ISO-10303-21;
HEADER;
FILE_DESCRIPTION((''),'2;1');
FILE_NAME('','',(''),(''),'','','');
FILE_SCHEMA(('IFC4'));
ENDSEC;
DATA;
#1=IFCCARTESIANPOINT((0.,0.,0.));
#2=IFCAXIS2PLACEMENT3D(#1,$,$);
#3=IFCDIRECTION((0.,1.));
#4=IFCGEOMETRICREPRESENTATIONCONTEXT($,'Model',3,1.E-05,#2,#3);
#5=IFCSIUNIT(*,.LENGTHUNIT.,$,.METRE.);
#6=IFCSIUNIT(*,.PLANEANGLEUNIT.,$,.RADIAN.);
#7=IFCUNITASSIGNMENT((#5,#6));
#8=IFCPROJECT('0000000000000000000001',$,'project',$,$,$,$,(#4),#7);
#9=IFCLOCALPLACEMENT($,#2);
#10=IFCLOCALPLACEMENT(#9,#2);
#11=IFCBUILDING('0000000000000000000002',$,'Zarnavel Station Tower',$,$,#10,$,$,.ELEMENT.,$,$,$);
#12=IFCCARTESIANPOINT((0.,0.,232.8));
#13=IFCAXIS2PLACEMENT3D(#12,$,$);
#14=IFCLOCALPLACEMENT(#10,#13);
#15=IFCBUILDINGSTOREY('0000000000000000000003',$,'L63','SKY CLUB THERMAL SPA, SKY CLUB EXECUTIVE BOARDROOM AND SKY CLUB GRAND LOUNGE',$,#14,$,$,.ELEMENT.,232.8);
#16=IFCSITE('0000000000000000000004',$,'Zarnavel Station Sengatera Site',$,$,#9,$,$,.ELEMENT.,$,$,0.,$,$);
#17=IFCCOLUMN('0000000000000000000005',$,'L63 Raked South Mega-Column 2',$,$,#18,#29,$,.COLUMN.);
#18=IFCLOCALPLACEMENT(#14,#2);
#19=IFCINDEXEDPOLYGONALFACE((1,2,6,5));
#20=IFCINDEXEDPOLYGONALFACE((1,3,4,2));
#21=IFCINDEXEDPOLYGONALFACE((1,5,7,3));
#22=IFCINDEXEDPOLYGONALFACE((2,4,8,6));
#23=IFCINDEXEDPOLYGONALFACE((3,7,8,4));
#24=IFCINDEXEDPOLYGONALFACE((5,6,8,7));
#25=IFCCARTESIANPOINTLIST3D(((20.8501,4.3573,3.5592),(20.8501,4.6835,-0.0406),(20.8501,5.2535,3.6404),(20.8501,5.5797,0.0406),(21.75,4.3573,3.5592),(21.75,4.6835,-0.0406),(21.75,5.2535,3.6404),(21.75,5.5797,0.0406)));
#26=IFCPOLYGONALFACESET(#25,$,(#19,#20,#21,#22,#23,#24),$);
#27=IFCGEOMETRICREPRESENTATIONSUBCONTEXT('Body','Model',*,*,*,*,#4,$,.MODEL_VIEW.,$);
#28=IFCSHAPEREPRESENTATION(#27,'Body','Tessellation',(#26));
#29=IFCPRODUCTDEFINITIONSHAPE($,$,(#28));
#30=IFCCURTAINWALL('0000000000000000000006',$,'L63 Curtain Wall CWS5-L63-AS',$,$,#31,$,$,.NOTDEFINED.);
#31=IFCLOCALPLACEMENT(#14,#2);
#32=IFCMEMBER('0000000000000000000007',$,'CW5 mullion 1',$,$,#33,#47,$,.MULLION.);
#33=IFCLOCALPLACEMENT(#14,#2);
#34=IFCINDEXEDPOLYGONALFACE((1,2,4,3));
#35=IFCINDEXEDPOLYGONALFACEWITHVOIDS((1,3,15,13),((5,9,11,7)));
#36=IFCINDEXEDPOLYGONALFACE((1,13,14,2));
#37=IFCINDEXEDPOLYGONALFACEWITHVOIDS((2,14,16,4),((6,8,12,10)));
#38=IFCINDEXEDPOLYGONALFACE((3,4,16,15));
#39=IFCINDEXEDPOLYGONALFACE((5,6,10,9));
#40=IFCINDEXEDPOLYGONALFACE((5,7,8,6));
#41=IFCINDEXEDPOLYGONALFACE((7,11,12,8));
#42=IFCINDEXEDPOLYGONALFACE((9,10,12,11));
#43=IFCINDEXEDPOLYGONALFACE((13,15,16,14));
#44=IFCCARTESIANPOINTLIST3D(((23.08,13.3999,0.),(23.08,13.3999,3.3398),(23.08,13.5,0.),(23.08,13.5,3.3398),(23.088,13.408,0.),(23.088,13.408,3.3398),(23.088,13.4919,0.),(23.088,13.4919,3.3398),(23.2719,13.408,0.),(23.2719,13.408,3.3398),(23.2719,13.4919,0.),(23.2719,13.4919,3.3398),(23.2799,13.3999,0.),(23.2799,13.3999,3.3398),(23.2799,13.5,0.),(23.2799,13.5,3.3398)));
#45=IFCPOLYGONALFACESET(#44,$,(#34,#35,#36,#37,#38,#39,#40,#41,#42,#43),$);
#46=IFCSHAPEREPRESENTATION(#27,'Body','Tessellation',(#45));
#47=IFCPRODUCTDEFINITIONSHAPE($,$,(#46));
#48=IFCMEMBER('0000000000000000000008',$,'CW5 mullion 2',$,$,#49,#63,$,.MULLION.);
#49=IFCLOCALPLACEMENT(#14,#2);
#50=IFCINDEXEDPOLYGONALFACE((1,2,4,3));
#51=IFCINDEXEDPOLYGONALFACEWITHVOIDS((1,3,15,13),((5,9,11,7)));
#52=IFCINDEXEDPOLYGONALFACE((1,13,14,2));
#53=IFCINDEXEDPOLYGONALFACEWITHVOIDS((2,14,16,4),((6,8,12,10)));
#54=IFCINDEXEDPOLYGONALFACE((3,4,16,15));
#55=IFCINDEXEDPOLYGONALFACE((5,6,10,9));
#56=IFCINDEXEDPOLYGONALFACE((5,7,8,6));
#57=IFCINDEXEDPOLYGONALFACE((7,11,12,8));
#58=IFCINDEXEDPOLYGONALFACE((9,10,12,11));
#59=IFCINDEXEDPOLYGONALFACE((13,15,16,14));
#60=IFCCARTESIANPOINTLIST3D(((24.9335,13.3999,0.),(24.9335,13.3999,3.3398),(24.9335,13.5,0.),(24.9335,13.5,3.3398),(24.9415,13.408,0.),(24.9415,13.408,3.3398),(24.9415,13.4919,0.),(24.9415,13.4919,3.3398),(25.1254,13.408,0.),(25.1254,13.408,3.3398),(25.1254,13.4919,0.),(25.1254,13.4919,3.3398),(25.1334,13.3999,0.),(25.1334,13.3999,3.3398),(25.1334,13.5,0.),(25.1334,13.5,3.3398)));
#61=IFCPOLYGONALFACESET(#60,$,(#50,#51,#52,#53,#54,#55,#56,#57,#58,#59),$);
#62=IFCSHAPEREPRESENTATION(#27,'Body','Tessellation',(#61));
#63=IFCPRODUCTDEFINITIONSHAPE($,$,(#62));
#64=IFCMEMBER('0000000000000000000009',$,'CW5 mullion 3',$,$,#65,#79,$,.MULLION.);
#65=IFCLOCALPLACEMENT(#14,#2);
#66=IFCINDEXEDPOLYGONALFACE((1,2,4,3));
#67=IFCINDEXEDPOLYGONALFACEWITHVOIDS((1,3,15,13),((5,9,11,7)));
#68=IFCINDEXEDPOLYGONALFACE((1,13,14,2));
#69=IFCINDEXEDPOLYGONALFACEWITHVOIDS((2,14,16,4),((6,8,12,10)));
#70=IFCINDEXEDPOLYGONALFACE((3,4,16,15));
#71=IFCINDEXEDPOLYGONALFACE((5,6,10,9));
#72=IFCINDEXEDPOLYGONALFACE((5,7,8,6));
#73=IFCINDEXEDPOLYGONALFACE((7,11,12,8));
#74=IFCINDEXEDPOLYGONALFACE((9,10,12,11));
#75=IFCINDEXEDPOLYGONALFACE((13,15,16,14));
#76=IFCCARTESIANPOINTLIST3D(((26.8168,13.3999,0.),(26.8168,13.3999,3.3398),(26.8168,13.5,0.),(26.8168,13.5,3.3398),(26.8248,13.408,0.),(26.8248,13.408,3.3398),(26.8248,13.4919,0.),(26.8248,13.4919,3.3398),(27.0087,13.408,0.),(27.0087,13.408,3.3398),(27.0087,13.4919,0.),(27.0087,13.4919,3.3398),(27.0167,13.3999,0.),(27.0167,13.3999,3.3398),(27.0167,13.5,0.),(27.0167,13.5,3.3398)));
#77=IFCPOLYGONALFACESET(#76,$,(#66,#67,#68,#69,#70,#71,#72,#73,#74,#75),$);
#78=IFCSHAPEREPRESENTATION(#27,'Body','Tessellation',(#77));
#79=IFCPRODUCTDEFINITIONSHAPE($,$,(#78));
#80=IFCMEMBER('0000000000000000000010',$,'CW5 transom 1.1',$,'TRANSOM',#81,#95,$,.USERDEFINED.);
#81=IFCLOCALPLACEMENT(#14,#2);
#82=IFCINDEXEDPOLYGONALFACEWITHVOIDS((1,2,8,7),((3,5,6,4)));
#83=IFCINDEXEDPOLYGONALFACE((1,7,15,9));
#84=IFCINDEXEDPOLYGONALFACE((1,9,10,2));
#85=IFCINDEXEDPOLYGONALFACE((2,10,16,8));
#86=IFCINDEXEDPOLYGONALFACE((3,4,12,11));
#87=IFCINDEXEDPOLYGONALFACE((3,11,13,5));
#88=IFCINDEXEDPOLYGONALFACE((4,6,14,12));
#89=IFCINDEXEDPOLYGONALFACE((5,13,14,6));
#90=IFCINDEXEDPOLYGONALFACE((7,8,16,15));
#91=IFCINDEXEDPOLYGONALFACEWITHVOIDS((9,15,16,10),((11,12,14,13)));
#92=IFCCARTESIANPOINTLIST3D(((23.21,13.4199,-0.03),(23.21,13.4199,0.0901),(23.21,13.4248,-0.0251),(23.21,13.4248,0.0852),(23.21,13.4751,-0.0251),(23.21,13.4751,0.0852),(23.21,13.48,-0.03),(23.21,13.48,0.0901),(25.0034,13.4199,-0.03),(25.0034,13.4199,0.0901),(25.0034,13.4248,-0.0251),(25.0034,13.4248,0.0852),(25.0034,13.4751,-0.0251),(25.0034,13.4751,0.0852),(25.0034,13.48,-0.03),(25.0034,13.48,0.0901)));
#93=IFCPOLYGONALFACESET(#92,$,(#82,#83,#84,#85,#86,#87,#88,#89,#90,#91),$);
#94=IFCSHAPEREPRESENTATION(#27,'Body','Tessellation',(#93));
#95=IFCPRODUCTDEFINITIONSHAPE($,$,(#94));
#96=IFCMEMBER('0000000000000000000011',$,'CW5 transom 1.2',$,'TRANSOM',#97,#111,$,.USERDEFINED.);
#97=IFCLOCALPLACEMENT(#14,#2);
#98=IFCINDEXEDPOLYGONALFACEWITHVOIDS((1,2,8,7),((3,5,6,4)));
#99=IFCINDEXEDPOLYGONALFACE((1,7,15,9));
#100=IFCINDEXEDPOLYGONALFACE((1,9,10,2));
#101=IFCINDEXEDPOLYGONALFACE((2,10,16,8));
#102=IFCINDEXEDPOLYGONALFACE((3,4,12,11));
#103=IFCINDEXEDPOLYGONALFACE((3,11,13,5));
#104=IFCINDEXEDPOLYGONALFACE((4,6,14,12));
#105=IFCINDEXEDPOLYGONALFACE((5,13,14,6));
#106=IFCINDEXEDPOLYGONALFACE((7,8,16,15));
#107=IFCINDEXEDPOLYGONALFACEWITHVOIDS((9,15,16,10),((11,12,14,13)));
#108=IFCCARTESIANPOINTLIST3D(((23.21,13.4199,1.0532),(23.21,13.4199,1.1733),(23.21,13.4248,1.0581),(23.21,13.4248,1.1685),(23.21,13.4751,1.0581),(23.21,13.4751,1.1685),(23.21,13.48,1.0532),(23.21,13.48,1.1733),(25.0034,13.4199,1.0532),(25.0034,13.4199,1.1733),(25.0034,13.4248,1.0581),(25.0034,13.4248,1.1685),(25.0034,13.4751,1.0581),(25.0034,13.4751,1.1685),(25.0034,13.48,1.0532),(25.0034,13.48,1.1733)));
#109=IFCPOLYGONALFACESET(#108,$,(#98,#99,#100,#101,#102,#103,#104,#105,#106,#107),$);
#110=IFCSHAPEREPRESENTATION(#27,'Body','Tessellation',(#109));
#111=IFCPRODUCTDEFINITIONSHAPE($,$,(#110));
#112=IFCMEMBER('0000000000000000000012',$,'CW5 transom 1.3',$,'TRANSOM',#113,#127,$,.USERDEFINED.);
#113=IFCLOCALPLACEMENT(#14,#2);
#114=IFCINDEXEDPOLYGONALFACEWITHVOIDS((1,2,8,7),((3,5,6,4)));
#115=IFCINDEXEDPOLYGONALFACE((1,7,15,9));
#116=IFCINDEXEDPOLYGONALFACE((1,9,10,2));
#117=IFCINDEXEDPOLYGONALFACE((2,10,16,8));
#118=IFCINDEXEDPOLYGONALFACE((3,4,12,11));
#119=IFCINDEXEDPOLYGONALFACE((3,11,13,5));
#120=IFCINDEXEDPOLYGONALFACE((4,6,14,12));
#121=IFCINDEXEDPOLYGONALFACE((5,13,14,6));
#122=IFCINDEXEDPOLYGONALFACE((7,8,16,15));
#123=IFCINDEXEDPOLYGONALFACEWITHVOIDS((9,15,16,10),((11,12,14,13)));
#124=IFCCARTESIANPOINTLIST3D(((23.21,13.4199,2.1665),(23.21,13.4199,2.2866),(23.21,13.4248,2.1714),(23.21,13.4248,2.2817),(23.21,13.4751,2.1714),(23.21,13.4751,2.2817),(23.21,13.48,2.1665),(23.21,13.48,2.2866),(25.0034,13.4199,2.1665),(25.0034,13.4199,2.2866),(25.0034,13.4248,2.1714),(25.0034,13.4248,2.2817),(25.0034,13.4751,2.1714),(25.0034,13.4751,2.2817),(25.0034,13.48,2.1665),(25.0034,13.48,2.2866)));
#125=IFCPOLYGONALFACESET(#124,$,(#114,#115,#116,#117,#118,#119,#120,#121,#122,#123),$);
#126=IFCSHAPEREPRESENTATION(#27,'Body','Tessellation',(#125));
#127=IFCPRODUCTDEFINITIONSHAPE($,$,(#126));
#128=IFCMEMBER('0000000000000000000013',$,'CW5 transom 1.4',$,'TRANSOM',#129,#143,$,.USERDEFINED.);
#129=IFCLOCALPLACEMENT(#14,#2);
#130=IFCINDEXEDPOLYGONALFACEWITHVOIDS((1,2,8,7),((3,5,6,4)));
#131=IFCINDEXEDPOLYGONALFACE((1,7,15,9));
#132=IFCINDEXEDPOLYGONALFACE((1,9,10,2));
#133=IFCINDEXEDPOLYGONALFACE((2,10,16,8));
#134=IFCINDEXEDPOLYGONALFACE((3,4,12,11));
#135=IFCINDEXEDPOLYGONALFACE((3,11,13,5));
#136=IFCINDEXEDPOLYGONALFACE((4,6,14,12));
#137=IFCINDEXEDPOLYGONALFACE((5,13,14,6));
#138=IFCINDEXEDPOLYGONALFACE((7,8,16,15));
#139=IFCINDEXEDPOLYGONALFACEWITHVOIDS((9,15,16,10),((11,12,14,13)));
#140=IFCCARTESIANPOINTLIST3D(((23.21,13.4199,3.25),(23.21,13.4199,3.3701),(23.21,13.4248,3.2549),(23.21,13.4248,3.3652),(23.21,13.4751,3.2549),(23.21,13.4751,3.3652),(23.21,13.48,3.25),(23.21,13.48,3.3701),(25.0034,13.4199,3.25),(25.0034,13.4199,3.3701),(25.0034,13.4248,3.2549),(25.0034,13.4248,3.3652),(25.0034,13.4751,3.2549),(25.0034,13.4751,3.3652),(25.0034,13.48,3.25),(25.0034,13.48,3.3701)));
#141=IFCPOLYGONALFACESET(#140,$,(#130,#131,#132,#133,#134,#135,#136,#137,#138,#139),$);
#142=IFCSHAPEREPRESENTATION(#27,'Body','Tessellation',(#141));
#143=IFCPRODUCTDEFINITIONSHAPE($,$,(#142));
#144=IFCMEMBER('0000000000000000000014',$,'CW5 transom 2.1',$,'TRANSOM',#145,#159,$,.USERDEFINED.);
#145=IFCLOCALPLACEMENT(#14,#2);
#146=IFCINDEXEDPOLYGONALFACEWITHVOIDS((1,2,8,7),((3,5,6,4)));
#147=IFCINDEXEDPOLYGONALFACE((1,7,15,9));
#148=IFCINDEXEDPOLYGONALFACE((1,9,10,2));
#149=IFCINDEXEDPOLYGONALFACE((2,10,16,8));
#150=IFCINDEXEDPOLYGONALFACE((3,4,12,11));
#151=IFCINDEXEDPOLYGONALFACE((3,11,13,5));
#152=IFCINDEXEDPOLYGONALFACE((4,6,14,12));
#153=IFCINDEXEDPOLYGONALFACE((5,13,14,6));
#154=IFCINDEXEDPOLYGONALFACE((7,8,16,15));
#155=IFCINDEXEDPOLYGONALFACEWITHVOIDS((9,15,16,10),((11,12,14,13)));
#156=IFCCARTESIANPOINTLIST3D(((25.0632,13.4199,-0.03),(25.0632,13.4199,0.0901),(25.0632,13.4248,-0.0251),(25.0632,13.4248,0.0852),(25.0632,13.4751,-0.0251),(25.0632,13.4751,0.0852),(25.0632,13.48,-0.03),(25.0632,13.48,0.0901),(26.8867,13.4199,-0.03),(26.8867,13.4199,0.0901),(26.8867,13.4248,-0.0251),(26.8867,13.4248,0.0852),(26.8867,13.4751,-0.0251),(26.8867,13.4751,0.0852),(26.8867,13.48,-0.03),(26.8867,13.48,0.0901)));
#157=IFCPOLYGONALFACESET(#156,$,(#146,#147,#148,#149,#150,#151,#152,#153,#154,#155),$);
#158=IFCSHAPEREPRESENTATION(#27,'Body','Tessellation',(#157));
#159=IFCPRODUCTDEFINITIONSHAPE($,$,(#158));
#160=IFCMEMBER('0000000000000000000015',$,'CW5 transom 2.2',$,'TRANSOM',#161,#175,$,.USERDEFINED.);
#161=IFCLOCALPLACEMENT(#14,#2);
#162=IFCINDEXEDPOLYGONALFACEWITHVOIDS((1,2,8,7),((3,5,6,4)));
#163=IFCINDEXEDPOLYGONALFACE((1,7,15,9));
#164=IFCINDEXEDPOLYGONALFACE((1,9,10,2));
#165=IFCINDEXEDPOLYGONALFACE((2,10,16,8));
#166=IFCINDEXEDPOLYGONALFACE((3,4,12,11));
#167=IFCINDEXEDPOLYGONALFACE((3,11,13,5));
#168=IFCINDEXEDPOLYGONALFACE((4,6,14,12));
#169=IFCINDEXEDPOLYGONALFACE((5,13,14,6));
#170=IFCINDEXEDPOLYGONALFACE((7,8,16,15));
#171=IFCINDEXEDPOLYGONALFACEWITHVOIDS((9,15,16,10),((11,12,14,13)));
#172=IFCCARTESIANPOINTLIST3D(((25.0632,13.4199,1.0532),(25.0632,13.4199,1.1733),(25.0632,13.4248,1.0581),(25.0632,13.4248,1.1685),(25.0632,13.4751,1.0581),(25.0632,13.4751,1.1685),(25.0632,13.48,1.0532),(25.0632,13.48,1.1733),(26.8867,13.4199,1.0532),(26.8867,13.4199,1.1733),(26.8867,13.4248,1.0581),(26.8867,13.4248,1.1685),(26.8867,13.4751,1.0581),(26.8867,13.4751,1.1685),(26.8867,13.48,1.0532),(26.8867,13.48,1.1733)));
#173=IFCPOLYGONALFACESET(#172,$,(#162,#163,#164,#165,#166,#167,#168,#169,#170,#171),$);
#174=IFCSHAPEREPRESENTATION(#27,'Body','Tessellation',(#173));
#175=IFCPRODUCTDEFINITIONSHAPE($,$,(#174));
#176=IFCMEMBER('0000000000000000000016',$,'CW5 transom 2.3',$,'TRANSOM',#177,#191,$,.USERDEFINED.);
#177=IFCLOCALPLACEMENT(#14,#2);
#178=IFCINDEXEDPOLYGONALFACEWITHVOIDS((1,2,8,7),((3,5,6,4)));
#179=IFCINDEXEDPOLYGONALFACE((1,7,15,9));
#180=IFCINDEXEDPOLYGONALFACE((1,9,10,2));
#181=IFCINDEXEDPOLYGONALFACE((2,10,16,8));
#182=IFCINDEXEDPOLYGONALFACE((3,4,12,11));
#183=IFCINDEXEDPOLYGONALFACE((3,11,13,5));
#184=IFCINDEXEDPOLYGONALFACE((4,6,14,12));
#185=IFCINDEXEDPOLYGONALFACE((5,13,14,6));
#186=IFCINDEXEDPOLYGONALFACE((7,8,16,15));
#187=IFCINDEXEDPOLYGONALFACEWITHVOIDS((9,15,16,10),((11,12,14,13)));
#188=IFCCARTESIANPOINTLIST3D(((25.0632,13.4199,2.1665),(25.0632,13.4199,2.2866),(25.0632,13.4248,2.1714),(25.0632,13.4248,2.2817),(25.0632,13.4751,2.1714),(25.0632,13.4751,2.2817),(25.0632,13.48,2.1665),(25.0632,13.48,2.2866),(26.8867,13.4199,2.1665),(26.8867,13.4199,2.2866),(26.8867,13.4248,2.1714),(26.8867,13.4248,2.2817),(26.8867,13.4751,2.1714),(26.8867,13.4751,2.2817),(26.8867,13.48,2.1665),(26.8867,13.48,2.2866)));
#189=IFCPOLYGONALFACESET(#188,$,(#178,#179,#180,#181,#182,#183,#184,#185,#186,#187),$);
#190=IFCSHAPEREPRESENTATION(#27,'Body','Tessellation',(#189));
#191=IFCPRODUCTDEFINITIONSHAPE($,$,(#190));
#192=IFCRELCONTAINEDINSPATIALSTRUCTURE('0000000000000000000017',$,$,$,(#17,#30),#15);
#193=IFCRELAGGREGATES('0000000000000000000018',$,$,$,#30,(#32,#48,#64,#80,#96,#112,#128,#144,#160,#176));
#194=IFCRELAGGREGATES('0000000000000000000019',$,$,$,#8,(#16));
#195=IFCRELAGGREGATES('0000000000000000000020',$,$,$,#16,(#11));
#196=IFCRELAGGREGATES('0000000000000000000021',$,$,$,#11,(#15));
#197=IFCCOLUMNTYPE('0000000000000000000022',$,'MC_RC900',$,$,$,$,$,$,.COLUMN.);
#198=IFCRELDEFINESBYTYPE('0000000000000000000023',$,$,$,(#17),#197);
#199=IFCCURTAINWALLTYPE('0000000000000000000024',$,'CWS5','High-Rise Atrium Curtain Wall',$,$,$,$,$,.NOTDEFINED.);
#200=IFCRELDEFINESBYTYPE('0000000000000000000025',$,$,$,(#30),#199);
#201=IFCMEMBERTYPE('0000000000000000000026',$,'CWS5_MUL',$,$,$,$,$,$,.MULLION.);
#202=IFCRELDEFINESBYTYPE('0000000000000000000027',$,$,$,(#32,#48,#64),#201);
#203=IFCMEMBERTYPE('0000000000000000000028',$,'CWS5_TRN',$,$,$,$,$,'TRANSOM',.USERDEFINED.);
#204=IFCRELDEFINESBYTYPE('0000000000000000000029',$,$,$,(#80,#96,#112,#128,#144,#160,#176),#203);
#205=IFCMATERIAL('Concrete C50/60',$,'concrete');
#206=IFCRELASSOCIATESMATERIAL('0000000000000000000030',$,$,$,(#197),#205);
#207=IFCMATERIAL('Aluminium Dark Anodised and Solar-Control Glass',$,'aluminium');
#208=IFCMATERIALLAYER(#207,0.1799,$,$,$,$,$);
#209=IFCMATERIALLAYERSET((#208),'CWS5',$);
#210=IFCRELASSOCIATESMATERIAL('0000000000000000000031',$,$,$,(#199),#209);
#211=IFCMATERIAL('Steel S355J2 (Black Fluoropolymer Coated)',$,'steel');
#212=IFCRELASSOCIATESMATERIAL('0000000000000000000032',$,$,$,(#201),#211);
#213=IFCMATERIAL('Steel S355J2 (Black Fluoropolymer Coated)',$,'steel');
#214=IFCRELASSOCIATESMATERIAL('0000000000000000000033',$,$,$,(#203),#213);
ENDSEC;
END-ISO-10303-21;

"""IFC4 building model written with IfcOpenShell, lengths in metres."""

from ifc_helpers import new_model, si_unit, direction, frame, origin, origin_2d, place, context, subcontext, project, spatial, rectangle, hollow_rectangle, extrude, material, layer, layer_set, material_profile, profile_set, type_object, element, aggregate, save


model = new_model("IFC4")

# Units and contexts
model_context = context("Model", 3, precision=1e-05, world=origin(), true_north=direction((0.0, 1.0)))
body_context = subcontext(model_context, "Body", "Model", "MODEL_VIEW")
ifc_project = project(units=[si_unit("LENGTHUNIT", "METRE"), si_unit("PLANEANGLEUNIT", "RADIAN")], contexts=[model_context])

# Site, building, storey
site_placement = place(None, origin())
site = spatial("IfcSite", under=ifc_project, at=site_placement, Name="Zarnavel Station Sengatera Site", CompositionType="ELEMENT", RefElevation=0.0)
building_placement = place(site_placement, origin())
building = spatial("IfcBuilding", under=site, at=building_placement, Name="Zarnavel Station Tower", CompositionType="ELEMENT")
storey_placement = place(building_placement, frame((0.0, 0.0, 232.8)))
storey = spatial("IfcBuildingStorey", under=building, at=storey_placement, Name="L63", Description="SKY CLUB THERMAL SPA, SKY CLUB EXECUTIVE BOARDROOM AND SKY CLUB GRAND LOUNGE", CompositionType="ELEMENT", Elevation=232.8)

# Column
ifc_material_1 = material(Name="Concrete C50/60", Category="concrete")
ifc_material_profile_1 = material_profile(ifc_material_1, rectangle(XDim=0.8999, YDim=0.8999, at=origin_2d()), Name="RC900x900")
ifc_profile_set_1 = profile_set([ifc_material_profile_1], Name="Concrete C50/60")
column_type = type_object("IfcColumnType", Name="MC_RC900", PredefinedType="COLUMN", material=ifc_profile_set_1)
column_placement = place(storey_placement, frame((21.3, 5.1316, 0.0), z_axis=(0.0, -0.090237, 0.99592), x_axis=(1.0, 0.0, 0.0)))
element("IfcColumn", 1, at=column_placement, inside=storey, type_object=column_type, Name="L63 Raked South Mega-Column 2", PredefinedType="COLUMN", context=body_context, shape_type="SweptSolid", body=[
    extrude(rectangle(XDim=0.8999, YDim=0.8999, at=origin_2d()), origin(), (0.0, 0.0, 1.0), 3.6145),
])

# Curtain wall, members
ifc_material_2 = material(Name="Aluminium Dark Anodised and Solar-Control Glass", Category="aluminium")
ifc_layer_1 = layer(ifc_material_2, 0.1799)
ifc_layer_set_1 = layer_set([ifc_layer_1], Name="CWS5")
curtain_wall_type = type_object("IfcCurtainWallType", Name="CWS5", Description="High-Rise Atrium Curtain Wall", PredefinedType="NOTDEFINED", material=ifc_layer_set_1)
curtain_wall_placement = place(storey_placement, origin())
curtain_wall = element("IfcCurtainWall", 2, at=curtain_wall_placement, inside=storey, type_object=curtain_wall_type, Name="L63 Curtain Wall CWS5-L63-AS", PredefinedType="NOTDEFINED")
ifc_material_3 = material(Name="Steel S355J2 (Black Fluoropolymer Coated)", Category="steel")
ifc_material_profile_2 = material_profile(ifc_material_3, hollow_rectangle(XDim=0.1001, YDim=0.2, WallThickness=0.0081, at=origin_2d()), Name="RHS200x100x8")
ifc_profile_set_2 = profile_set([ifc_material_profile_2], Name="Steel S355J2 (Black Fluoropolymer Coated)")
member_type_1 = type_object("IfcMemberType", Name="CWS5_MUL", PredefinedType="MULLION", material=ifc_profile_set_2)
member_1_placement = place(storey_placement, frame((23.1799, 13.45, 0.0), z_axis=(0.0, 0.0, 1.0), x_axis=(0.0, 1.0, 0.0)))
member_1 = element("IfcMember", 3, at=member_1_placement, type_object=member_type_1, Name="CW5 mullion 1", PredefinedType="MULLION", context=body_context, shape_type="SweptSolid", body=[
    extrude(hollow_rectangle(XDim=0.1001, YDim=0.2, WallThickness=0.0081, at=origin_2d()), origin(), (0.0, 0.0, 1.0), 3.3398),
])
member_2_placement = place(storey_placement, frame((25.0334, 13.45, 0.0), z_axis=(0.0, 0.0, 1.0), x_axis=(0.0, 1.0, 0.0)))
member_2 = element("IfcMember", 4, at=member_2_placement, type_object=member_type_1, Name="CW5 mullion 2", PredefinedType="MULLION", context=body_context, shape_type="SweptSolid", body=[
    extrude(hollow_rectangle(XDim=0.1001, YDim=0.2, WallThickness=0.0081, at=origin_2d()), origin(), (0.0, 0.0, 1.0), 3.3398),
])
member_3_placement = place(storey_placement, frame((26.9167, 13.45, 0.0), z_axis=(0.0, 0.0, 1.0), x_axis=(0.0, 1.0, 0.0)))
member_3 = element("IfcMember", 5, at=member_3_placement, type_object=member_type_1, Name="CW5 mullion 3", PredefinedType="MULLION", context=body_context, shape_type="SweptSolid", body=[
    extrude(hollow_rectangle(XDim=0.1001, YDim=0.2, WallThickness=0.0081, at=origin_2d()), origin(), (0.0, 0.0, 1.0), 3.3398),
])
ifc_material_4 = material(Name="Steel S355J2 (Black Fluoropolymer Coated)", Category="steel")
ifc_material_profile_3 = material_profile(ifc_material_4, hollow_rectangle(XDim=0.0601, YDim=0.1201, WallThickness=0.0049, at=origin_2d()), Name="RHS120x60x5")
ifc_profile_set_3 = profile_set([ifc_material_profile_3], Name="Steel S355J2 (Black Fluoropolymer Coated)")
member_type_2 = type_object("IfcMemberType", Name="CWS5_TRN", ElementType="TRANSOM", PredefinedType="USERDEFINED", material=ifc_profile_set_3)
member_4_placement = place(storey_placement, frame((23.21, 13.45, 0.03), z_axis=(1.0, 0.0, 0.0), x_axis=(0.0, 1.0, 0.0)))
member_4 = element("IfcMember", 6, at=member_4_placement, type_object=member_type_2, Name="CW5 transom 1.1", ObjectType="TRANSOM", PredefinedType="USERDEFINED", context=body_context, shape_type="SweptSolid", body=[
    extrude(hollow_rectangle(XDim=0.0601, YDim=0.1201, WallThickness=0.0049, at=origin_2d()), origin(), (0.0, 0.0, 1.0), 1.7935),
])
member_5_placement = place(storey_placement, frame((23.21, 13.45, 1.1133), z_axis=(1.0, 0.0, 0.0), x_axis=(0.0, 1.0, 0.0)))
member_5 = element("IfcMember", 7, at=member_5_placement, type_object=member_type_2, Name="CW5 transom 1.2", ObjectType="TRANSOM", PredefinedType="USERDEFINED", context=body_context, shape_type="SweptSolid", body=[
    extrude(hollow_rectangle(XDim=0.0601, YDim=0.1201, WallThickness=0.0049, at=origin_2d()), origin(), (0.0, 0.0, 1.0), 1.7935),
])
member_6_placement = place(storey_placement, frame((23.21, 13.45, 2.2266), z_axis=(1.0, 0.0, 0.0), x_axis=(0.0, 1.0, 0.0)))
member_6 = element("IfcMember", 8, at=member_6_placement, type_object=member_type_2, Name="CW5 transom 1.3", ObjectType="TRANSOM", PredefinedType="USERDEFINED", context=body_context, shape_type="SweptSolid", body=[
    extrude(hollow_rectangle(XDim=0.0601, YDim=0.1201, WallThickness=0.0049, at=origin_2d()), origin(), (0.0, 0.0, 1.0), 1.7935),
])
member_7_placement = place(storey_placement, frame((23.21, 13.45, 3.3101), z_axis=(1.0, 0.0, 0.0), x_axis=(0.0, 1.0, 0.0)))
member_7 = element("IfcMember", 9, at=member_7_placement, type_object=member_type_2, Name="CW5 transom 1.4", ObjectType="TRANSOM", PredefinedType="USERDEFINED", context=body_context, shape_type="SweptSolid", body=[
    extrude(hollow_rectangle(XDim=0.0601, YDim=0.1201, WallThickness=0.0049, at=origin_2d()), origin(), (0.0, 0.0, 1.0), 1.7935),
])
member_8_placement = place(storey_placement, frame((25.0632, 13.45, 0.03), z_axis=(1.0, 0.0, 0.0), x_axis=(0.0, 1.0, 0.0)))
member_8 = element("IfcMember", 10, at=member_8_placement, type_object=member_type_2, Name="CW5 transom 2.1", ObjectType="TRANSOM", PredefinedType="USERDEFINED", context=body_context, shape_type="SweptSolid", body=[
    extrude(hollow_rectangle(XDim=0.0601, YDim=0.1201, WallThickness=0.0049, at=origin_2d()), origin(), (0.0, 0.0, 1.0), 1.8235),
])
member_9_placement = place(storey_placement, frame((25.0632, 13.45, 1.1133), z_axis=(1.0, 0.0, 0.0), x_axis=(0.0, 1.0, 0.0)))
member_9 = element("IfcMember", 11, at=member_9_placement, type_object=member_type_2, Name="CW5 transom 2.2", ObjectType="TRANSOM", PredefinedType="USERDEFINED", context=body_context, shape_type="SweptSolid", body=[
    extrude(hollow_rectangle(XDim=0.0601, YDim=0.1201, WallThickness=0.0049, at=origin_2d()), origin(), (0.0, 0.0, 1.0), 1.8235),
])
member_10_placement = place(storey_placement, frame((25.0632, 13.45, 2.2266), z_axis=(1.0, 0.0, 0.0), x_axis=(0.0, 1.0, 0.0)))
member_10 = element("IfcMember", 12, at=member_10_placement, type_object=member_type_2, Name="CW5 transom 2.3", ObjectType="TRANSOM", PredefinedType="USERDEFINED", context=body_context, shape_type="SweptSolid", body=[
    extrude(hollow_rectangle(XDim=0.0601, YDim=0.1201, WallThickness=0.0049, at=origin_2d()), origin(), (0.0, 0.0, 1.0), 1.8235),
])

aggregate(curtain_wall, [member_1, member_2, member_3, member_4, member_5, member_6, member_7, member_8, member_9, member_10])

save(model, "model.ifc")
